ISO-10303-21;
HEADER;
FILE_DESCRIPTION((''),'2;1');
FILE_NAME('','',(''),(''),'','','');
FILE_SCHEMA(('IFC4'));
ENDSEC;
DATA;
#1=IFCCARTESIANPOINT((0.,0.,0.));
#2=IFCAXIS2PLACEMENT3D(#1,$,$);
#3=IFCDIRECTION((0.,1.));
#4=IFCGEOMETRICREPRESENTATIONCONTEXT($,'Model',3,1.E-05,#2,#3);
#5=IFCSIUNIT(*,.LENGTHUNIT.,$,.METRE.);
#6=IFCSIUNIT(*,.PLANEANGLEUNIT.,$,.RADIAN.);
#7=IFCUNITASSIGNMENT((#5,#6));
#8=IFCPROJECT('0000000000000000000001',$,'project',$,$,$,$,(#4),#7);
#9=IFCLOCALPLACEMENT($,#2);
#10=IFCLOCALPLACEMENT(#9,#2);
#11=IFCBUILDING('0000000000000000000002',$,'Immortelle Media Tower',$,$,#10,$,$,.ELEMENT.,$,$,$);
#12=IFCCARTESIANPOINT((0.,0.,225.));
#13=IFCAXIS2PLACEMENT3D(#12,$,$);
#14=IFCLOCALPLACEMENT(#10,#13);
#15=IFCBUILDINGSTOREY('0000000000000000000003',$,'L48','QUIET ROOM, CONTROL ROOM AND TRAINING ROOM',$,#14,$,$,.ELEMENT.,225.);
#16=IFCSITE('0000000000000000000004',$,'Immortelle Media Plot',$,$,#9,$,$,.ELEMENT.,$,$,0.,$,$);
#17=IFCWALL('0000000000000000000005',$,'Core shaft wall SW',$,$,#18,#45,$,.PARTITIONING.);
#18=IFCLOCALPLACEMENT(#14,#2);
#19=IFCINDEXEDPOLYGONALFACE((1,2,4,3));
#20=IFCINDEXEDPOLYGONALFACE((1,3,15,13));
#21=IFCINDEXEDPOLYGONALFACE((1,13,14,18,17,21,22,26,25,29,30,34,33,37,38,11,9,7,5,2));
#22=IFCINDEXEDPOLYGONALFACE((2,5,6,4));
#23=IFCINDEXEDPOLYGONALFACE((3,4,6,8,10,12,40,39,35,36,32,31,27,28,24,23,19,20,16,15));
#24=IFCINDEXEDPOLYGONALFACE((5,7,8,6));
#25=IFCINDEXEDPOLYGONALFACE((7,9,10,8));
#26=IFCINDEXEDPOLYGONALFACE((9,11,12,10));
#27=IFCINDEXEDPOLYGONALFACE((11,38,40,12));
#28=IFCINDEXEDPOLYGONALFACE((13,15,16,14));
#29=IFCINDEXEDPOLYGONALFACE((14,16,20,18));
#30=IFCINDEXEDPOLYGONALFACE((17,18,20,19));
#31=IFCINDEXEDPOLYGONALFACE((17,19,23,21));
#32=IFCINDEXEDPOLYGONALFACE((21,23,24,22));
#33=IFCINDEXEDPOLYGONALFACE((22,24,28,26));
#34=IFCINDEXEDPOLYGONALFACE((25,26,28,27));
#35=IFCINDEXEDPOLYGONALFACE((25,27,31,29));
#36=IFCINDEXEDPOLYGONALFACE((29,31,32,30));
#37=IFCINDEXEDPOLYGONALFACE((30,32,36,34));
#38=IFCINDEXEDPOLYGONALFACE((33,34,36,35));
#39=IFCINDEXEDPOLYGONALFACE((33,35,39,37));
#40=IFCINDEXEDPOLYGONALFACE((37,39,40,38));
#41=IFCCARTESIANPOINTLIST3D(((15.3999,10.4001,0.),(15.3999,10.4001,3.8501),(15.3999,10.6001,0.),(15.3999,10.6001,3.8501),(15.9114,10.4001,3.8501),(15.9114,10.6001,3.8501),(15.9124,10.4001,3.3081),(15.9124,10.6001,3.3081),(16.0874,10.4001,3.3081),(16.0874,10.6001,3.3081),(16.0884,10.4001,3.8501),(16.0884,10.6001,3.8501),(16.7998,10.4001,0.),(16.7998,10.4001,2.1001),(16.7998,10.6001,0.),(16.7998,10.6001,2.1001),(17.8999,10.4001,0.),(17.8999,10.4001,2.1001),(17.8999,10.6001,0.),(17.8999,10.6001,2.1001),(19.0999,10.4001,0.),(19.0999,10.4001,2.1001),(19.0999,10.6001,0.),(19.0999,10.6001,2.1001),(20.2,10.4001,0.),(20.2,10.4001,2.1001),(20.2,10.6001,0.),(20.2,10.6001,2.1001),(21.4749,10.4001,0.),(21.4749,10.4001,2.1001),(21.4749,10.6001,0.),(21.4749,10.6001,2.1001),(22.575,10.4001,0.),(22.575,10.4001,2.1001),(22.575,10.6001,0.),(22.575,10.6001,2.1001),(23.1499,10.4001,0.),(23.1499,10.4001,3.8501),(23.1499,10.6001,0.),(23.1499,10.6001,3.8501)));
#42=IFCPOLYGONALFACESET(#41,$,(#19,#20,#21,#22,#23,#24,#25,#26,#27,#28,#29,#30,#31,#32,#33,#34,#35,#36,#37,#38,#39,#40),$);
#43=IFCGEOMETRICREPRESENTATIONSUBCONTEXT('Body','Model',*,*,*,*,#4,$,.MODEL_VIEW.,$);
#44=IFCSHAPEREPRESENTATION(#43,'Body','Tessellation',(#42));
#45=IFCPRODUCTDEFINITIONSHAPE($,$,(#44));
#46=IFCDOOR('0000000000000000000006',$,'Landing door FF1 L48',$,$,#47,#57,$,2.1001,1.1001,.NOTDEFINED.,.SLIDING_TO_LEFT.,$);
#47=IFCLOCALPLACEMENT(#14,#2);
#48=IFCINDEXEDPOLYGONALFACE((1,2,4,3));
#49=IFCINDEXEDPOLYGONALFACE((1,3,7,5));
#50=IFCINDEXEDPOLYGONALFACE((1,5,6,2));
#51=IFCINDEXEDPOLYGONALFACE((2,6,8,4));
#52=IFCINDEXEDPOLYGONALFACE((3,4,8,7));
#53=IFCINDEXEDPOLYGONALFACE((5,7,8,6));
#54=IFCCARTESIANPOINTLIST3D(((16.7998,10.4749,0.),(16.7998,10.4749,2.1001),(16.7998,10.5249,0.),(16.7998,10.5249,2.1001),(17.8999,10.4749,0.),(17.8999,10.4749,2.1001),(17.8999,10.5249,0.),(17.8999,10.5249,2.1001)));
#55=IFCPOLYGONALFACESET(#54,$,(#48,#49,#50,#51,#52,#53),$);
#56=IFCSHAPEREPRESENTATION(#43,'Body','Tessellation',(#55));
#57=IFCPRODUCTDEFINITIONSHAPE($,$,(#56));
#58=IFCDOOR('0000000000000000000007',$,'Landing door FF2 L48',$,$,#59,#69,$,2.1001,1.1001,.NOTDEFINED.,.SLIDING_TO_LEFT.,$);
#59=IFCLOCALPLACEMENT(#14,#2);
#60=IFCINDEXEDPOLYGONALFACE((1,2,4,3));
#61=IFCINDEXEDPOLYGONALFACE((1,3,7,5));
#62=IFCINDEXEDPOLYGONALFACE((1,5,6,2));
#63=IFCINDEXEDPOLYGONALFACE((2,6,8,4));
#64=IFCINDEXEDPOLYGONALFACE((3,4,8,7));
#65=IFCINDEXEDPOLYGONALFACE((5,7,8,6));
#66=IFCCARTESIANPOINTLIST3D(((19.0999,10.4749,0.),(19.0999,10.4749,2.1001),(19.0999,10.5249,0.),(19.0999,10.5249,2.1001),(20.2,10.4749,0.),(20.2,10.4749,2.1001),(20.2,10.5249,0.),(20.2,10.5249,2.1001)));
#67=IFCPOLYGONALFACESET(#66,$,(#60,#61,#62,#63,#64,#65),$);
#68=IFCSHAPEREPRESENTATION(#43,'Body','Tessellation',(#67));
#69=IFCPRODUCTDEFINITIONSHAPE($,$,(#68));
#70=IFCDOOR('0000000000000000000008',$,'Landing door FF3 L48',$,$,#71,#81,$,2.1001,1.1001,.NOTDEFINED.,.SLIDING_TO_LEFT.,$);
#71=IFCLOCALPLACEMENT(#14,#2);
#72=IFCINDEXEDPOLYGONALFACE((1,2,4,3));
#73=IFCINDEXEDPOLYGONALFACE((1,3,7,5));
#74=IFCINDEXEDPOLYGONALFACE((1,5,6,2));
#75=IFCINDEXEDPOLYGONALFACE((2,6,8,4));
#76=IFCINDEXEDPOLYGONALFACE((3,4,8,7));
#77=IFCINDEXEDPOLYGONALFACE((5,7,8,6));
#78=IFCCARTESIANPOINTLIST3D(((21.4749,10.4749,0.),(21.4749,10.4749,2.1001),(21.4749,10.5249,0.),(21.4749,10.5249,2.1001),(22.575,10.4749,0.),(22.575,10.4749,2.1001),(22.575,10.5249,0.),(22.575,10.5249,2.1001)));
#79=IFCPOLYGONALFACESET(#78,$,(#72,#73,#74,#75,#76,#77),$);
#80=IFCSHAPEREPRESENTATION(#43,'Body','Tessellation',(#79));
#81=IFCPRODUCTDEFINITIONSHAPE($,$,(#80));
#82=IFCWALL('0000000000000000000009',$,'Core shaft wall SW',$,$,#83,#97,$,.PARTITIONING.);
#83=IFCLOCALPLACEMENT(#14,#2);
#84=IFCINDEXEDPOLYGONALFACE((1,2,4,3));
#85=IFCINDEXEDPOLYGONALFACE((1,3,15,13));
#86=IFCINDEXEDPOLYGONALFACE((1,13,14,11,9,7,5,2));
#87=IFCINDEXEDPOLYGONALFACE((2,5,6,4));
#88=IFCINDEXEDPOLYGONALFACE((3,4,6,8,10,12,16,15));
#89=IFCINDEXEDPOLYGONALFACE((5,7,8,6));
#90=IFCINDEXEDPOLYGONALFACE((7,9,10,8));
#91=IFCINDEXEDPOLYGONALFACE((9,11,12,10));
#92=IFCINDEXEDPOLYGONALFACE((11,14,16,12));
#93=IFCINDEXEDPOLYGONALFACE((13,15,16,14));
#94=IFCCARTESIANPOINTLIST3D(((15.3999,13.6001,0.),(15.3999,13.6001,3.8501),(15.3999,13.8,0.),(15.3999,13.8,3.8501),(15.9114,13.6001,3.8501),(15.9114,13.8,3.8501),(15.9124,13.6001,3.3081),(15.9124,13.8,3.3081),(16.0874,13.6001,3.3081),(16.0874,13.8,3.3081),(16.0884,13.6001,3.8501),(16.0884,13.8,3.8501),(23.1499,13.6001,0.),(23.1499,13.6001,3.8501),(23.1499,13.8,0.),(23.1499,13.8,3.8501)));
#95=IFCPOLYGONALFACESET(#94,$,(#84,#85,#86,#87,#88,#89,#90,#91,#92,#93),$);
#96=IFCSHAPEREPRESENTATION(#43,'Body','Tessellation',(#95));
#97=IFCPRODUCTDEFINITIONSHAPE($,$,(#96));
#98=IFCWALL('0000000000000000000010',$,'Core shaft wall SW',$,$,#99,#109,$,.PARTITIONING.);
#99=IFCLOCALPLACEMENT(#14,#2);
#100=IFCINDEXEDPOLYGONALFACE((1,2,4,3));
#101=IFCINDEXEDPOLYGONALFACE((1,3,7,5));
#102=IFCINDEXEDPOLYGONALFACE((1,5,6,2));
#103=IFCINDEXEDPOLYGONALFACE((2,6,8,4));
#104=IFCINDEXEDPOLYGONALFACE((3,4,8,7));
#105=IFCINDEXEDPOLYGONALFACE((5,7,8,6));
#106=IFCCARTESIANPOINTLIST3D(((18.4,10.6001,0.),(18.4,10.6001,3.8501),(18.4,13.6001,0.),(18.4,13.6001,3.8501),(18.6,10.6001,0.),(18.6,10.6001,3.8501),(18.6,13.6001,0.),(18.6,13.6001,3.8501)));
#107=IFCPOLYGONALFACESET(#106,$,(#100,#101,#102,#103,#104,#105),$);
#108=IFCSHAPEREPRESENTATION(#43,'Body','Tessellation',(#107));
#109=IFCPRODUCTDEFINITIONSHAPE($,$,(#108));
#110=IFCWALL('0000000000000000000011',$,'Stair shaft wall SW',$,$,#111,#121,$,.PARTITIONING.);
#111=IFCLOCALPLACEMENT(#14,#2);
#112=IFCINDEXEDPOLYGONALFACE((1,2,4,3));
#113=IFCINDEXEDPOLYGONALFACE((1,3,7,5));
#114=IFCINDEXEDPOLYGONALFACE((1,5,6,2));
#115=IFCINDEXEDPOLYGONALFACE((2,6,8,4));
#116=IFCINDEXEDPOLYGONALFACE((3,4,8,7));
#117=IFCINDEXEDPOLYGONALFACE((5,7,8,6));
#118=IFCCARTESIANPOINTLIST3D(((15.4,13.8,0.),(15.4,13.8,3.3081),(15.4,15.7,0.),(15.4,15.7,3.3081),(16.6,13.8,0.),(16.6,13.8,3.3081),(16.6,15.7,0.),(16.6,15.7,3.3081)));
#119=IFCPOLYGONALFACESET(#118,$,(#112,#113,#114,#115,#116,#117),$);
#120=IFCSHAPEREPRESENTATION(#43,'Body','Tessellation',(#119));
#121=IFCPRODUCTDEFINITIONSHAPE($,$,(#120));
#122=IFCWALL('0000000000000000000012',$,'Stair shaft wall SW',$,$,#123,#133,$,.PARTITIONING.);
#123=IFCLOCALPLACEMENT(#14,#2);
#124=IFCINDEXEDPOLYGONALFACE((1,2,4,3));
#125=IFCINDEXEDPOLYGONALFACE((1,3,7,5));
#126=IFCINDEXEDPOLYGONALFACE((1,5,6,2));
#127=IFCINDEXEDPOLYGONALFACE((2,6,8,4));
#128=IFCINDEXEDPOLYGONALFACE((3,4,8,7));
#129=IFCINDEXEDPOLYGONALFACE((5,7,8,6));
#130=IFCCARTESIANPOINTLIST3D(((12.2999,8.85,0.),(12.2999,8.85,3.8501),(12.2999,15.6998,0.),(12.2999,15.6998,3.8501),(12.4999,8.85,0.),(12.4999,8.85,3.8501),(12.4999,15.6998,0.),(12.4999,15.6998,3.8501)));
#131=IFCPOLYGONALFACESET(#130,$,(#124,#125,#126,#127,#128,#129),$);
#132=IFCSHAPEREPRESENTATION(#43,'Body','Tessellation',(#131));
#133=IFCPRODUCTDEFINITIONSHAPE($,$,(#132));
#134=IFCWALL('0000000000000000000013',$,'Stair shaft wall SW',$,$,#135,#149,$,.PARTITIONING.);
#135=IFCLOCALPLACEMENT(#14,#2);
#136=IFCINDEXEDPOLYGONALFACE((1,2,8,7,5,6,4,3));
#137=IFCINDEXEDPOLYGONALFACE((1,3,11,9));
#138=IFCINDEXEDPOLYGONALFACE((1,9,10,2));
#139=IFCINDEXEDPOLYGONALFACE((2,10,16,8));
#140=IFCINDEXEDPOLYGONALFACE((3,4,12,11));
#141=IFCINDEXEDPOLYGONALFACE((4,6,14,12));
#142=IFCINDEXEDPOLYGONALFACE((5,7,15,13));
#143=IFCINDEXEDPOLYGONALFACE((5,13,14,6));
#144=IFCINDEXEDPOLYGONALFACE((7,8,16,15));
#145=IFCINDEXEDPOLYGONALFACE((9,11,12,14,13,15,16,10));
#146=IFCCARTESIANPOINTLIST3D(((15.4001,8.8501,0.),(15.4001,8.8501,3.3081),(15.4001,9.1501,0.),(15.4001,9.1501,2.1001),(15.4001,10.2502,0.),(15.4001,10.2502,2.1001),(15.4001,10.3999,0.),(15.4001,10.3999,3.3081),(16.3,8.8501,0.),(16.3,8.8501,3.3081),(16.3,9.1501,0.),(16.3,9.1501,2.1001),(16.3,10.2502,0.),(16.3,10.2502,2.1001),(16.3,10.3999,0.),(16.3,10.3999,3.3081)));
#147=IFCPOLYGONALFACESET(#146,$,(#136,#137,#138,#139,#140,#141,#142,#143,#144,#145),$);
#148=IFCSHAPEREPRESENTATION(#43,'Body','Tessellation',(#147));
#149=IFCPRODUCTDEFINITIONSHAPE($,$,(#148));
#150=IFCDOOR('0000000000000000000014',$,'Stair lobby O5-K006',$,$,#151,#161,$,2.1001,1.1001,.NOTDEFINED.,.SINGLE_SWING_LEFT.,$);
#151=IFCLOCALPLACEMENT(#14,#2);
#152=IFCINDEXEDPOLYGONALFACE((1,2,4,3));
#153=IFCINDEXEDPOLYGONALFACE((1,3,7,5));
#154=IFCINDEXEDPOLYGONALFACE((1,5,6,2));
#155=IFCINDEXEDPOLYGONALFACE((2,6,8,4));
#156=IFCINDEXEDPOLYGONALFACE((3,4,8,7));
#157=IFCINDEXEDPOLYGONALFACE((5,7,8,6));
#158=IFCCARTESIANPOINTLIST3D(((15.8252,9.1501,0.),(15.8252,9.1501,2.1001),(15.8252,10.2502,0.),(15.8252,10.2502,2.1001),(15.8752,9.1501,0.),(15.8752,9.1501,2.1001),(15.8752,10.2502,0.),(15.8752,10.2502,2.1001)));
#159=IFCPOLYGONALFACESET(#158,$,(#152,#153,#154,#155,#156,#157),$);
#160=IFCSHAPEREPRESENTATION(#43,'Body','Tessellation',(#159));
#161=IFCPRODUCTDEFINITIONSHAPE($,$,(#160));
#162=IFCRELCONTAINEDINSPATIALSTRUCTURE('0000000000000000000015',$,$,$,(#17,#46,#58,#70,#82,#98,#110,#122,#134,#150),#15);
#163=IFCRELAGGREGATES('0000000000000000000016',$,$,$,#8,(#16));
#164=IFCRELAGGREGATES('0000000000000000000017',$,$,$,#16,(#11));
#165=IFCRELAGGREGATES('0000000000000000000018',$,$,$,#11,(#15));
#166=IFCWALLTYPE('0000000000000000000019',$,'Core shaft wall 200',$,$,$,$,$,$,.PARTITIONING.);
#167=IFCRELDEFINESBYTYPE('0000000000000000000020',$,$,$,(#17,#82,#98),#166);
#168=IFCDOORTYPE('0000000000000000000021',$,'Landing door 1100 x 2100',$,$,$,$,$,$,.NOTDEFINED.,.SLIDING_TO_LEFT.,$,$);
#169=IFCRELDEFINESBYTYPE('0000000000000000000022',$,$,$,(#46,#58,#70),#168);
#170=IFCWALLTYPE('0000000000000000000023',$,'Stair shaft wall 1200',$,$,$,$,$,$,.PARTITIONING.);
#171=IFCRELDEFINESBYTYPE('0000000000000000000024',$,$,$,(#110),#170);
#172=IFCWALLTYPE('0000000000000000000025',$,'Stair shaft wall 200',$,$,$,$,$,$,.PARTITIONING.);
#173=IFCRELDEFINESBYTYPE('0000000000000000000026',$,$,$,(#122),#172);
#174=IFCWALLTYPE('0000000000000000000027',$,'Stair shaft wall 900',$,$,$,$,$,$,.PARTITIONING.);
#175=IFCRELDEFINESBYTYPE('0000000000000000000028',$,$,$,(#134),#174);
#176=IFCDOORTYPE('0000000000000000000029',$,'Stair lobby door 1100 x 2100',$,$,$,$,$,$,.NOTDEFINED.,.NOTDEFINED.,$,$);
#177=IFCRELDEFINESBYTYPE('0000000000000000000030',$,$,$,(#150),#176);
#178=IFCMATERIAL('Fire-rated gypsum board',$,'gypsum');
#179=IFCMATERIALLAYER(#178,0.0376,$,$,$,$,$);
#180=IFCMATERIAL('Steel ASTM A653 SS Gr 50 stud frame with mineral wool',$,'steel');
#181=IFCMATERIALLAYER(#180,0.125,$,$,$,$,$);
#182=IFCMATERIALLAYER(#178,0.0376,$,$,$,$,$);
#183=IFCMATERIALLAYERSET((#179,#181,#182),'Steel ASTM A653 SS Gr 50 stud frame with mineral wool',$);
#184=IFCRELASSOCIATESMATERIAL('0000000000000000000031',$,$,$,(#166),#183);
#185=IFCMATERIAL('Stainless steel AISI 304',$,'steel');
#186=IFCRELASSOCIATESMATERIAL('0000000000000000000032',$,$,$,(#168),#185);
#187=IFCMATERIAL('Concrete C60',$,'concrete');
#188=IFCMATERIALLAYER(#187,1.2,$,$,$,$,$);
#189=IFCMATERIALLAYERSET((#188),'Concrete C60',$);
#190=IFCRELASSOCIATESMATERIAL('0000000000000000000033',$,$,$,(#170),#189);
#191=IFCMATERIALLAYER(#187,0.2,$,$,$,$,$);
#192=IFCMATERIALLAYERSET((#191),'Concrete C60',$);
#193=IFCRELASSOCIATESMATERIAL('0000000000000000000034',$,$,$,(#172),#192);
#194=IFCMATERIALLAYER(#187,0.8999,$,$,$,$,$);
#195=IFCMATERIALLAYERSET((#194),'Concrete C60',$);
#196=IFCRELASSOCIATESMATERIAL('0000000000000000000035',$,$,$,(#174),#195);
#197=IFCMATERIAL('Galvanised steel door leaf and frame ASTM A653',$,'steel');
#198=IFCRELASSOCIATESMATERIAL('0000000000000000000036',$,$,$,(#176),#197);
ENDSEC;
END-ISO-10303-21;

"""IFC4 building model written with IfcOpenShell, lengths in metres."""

from ifc_helpers import new_model, si_unit, direction, frame, frame_2d, origin, place, context, subcontext, project, spatial, polyline, rectangle, outline, extrude, material, layer, layer_set, type_object, element, fill, save


model = new_model("IFC4")

# Units and contexts
model_context = context("Model", 3, precision=1e-05, world=origin(), true_north=direction((0.0, 1.0)))
body_context = subcontext(model_context, "Body", "Model", "MODEL_VIEW")
ifc_project = project(units=[si_unit("LENGTHUNIT", "METRE"), si_unit("PLANEANGLEUNIT", "RADIAN")], contexts=[model_context])

# Site, building, storey
site_placement = place(None, origin())
site = spatial("IfcSite", under=ifc_project, at=site_placement, Name="Immortelle Media Plot", CompositionType="ELEMENT", RefElevation=0.0)
building_placement = place(site_placement, origin())
building = spatial("IfcBuilding", under=site, at=building_placement, Name="Immortelle Media Tower", CompositionType="ELEMENT")
storey_placement = place(building_placement, frame((0.0, 0.0, 225.0)))
storey = spatial("IfcBuildingStorey", under=building, at=storey_placement, Name="L48", Description="QUIET ROOM, CONTROL ROOM AND TRAINING ROOM", CompositionType="ELEMENT", Elevation=225.0)

# Shared definitions
ifc_material_1 = material(Name="Fire-rated gypsum board", Category="gypsum")
ifc_material_2 = material(Name="Steel ASTM A653 SS Gr 50 stud frame with mineral wool", Category="steel")

# Wall, openings, doors
ifc_layer_1 = layer(ifc_material_1, 0.0376)
ifc_layer_2 = layer(ifc_material_2, 0.125)
ifc_layer_3 = layer(ifc_material_1, 0.0376)
ifc_layer_set_1 = layer_set([ifc_layer_1, ifc_layer_2, ifc_layer_3], Name="Steel ASTM A653 SS Gr 50 stud frame with mineral wool")
wall_type_1 = type_object("IfcWallType", Name="Core shaft wall 200", PredefinedType="PARTITIONING", material=ifc_layer_set_1)
wall_1_placement = place(storey_placement, frame((15.3999, 10.5, 0.0), z_axis=(0.0, 0.0, 1.0), x_axis=(1.0, 0.0, 0.0)))
wall_1 = element("IfcWall", 1, at=wall_1_placement, inside=storey, type_object=wall_type_1, Name="Core shaft wall SW", PredefinedType="PARTITIONING", context=body_context, shape_type="SweptSolid", body=[
    extrude(outline(polyline([(0.0, 0.0), (7.75, 0.0), (7.75, 3.8501), (0.6885, 3.8501), (0.6875, 3.3081), (0.5125, 3.3081), (0.5115, 3.8501), (0.0, 3.8501), (0.0, 0.0)])), frame((0.0, 0.1001, 0.0), z_axis=(0.0, -1.0, 0.0), x_axis=(1.0, 0.0, 0.0)), (0.0, 0.0, 1.0), 0.2),
])
opening_1_placement = place(wall_1_placement, frame((1.3999, 0.0, 0.0)))
opening_1 = element("IfcOpeningElement", 2, at=opening_1_placement, cuts=wall_1, PredefinedType="OPENING", context=body_context, shape_type="SweptSolid", body=[
    extrude(rectangle(XDim=1.1001, YDim=2.1001, at=frame_2d((0.55, 1.05))), frame((0.0, 0.1099, 0.0), z_axis=(0.0, -1.0, 0.0), x_axis=(1.0, 0.0, 0.0)), (0.0, 0.0, 1.0), 0.22),
])
opening_2_placement = place(wall_1_placement, frame((3.7, 0.0, 0.0)))
opening_2 = element("IfcOpeningElement", 3, at=opening_2_placement, cuts=wall_1, PredefinedType="OPENING", context=body_context, shape_type="SweptSolid", body=[
    extrude(rectangle(XDim=1.1001, YDim=2.1001, at=frame_2d((0.55, 1.05))), frame((0.0, 0.1099, 0.0), z_axis=(0.0, -1.0, 0.0), x_axis=(1.0, 0.0, 0.0)), (0.0, 0.0, 1.0), 0.22),
])
opening_3_placement = place(wall_1_placement, frame((6.075, 0.0, 0.0)))
opening_3 = element("IfcOpeningElement", 4, at=opening_3_placement, cuts=wall_1, PredefinedType="OPENING", context=body_context, shape_type="SweptSolid", body=[
    extrude(rectangle(XDim=1.1001, YDim=2.1001, at=frame_2d((0.55, 1.05))), frame((0.0, 0.1099, 0.0), z_axis=(0.0, -1.0, 0.0), x_axis=(1.0, 0.0, 0.0)), (0.0, 0.0, 1.0), 0.22),
])
ifc_material_3 = material(Name="Stainless steel AISI 304", Category="steel")
door_type_1 = type_object("IfcDoorType", Name="Landing door 1100 x 2100", OperationType="SLIDING_TO_LEFT", PredefinedType="NOTDEFINED", material=ifc_material_3)
door_1_placement = place(opening_1_placement, origin())
door_1 = element("IfcDoor", 5, at=door_1_placement, inside=storey, type_object=door_type_1, Name="Landing door FF1 L48", OperationType="SLIDING_TO_LEFT", OverallHeight=2.1001, OverallWidth=1.1001, PredefinedType="NOTDEFINED", context=body_context, shape_type="SweptSolid", body=[
    extrude(rectangle(XDim=1.1001, YDim=2.1001, at=frame_2d((0.55, 1.05))), frame((0.0, 0.0249, 0.0), z_axis=(0.0, -1.0, 0.0), x_axis=(1.0, 0.0, 0.0)), (0.0, 0.0, 1.0), 0.05),
])
fill(opening_1, door_1)
door_2_placement = place(opening_2_placement, origin())
door_2 = element("IfcDoor", 6, at=door_2_placement, inside=storey, type_object=door_type_1, Name="Landing door FF2 L48", OperationType="SLIDING_TO_LEFT", OverallHeight=2.1001, OverallWidth=1.1001, PredefinedType="NOTDEFINED", context=body_context, shape_type="SweptSolid", body=[
    extrude(rectangle(XDim=1.1001, YDim=2.1001, at=frame_2d((0.55, 1.05))), frame((0.0, 0.0249, 0.0), z_axis=(0.0, -1.0, 0.0), x_axis=(1.0, 0.0, 0.0)), (0.0, 0.0, 1.0), 0.05),
])
fill(opening_2, door_2)
door_3_placement = place(opening_3_placement, origin())
door_3 = element("IfcDoor", 7, at=door_3_placement, inside=storey, type_object=door_type_1, Name="Landing door FF3 L48", OperationType="SLIDING_TO_LEFT", OverallHeight=2.1001, OverallWidth=1.1001, PredefinedType="NOTDEFINED", context=body_context, shape_type="SweptSolid", body=[
    extrude(rectangle(XDim=1.1001, YDim=2.1001, at=frame_2d((0.55, 1.05))), frame((0.0, 0.0249, 0.0), z_axis=(0.0, -1.0, 0.0), x_axis=(1.0, 0.0, 0.0)), (0.0, 0.0, 1.0), 0.05),
])
fill(opening_3, door_3)

# Walls
wall_2_placement = place(storey_placement, frame((15.3999, 13.7, 0.0), z_axis=(0.0, 0.0, 1.0), x_axis=(1.0, 0.0, 0.0)))
element("IfcWall", 8, at=wall_2_placement, inside=storey, type_object=wall_type_1, Name="Core shaft wall SW", PredefinedType="PARTITIONING", context=body_context, shape_type="SweptSolid", body=[
    extrude(outline(polyline([(0.0, 0.0), (7.75, 0.0), (7.75, 3.8501), (0.6885, 3.8501), (0.6875, 3.3081), (0.5125, 3.3081), (0.5115, 3.8501), (0.0, 3.8501), (0.0, 0.0)])), frame((0.0, 0.1001, 0.0), z_axis=(0.0, -1.0, 0.0), x_axis=(1.0, 0.0, 0.0)), (0.0, 0.0, 1.0), 0.2),
])
wall_3_placement = place(storey_placement, frame((18.5, 10.6001, 0.0), z_axis=(0.0, 0.0, 1.0), x_axis=(0.0, 1.0, 0.0)))
element("IfcWall", 9, at=wall_3_placement, inside=storey, type_object=wall_type_1, Name="Core shaft wall SW", PredefinedType="PARTITIONING", context=body_context, shape_type="SweptSolid", body=[
    extrude(rectangle(XDim=3.0, YDim=0.2, at=frame_2d((1.5, 0.0))), origin(), (0.0, 0.0, 1.0), 3.8501),
])
ifc_material_4 = material(Name="Concrete C60", Category="concrete")
ifc_layer_4 = layer(ifc_material_4, 1.2)
ifc_layer_set_2 = layer_set([ifc_layer_4], Name="Concrete C60")
wall_type_2 = type_object("IfcWallType", Name="Stair shaft wall 1200", PredefinedType="PARTITIONING", material=ifc_layer_set_2)
wall_4_placement = place(storey_placement, frame((16.0, 13.8, 0.0), z_axis=(0.0, 0.0, 1.0), x_axis=(0.0, 1.0, 0.0)))
element("IfcWall", 10, at=wall_4_placement, inside=storey, type_object=wall_type_2, Name="Stair shaft wall SW", PredefinedType="PARTITIONING", context=body_context, shape_type="SweptSolid", body=[
    extrude(rectangle(XDim=1.8999, YDim=1.2, at=frame_2d((0.95, 0.0))), origin(), (0.0, 0.0, 1.0), 3.3081),
])
ifc_layer_5 = layer(ifc_material_4, 0.2)
ifc_layer_set_3 = layer_set([ifc_layer_5], Name="Concrete C60")
wall_type_3 = type_object("IfcWallType", Name="Stair shaft wall 200", PredefinedType="PARTITIONING", material=ifc_layer_set_3)
wall_5_placement = place(storey_placement, frame((12.3999, 8.8501, 0.0), z_axis=(0.0, 0.0, 1.0), x_axis=(0.0, 1.0, 0.0)))
element("IfcWall", 11, at=wall_5_placement, inside=storey, type_object=wall_type_3, Name="Stair shaft wall SW", PredefinedType="PARTITIONING", context=body_context, shape_type="SweptSolid", body=[
    extrude(rectangle(XDim=6.8499, YDim=0.2, at=frame_2d((3.4248, 0.0))), origin(), (0.0, 0.0, 1.0), 3.8501),
])

# Wall, opening, door
ifc_layer_6 = layer(ifc_material_4, 0.8999)
ifc_layer_set_4 = layer_set([ifc_layer_6], Name="Concrete C60")
wall_type_4 = type_object("IfcWallType", Name="Stair shaft wall 900", PredefinedType="PARTITIONING", material=ifc_layer_set_4)
wall_6_placement = place(storey_placement, frame((15.8501, 8.8501, 0.0), z_axis=(0.0, 0.0, 1.0), x_axis=(0.0, 1.0, 0.0)))
wall_6 = element("IfcWall", 12, at=wall_6_placement, inside=storey, type_object=wall_type_4, Name="Stair shaft wall SW", PredefinedType="PARTITIONING", context=body_context, shape_type="SweptSolid", body=[
    extrude(rectangle(XDim=1.5498, YDim=0.8999, at=frame_2d((0.7749, 0.0))), origin(), (0.0, 0.0, 1.0), 3.3081),
])
opening_4_placement = place(wall_6_placement, frame((0.3, 0.0, 0.0)))
opening_4 = element("IfcOpeningElement", 13, at=opening_4_placement, cuts=wall_6, PredefinedType="OPENING", context=body_context, shape_type="SweptSolid", body=[
    extrude(rectangle(XDim=1.1001, YDim=2.1001, at=frame_2d((0.55, 1.05))), frame((0.0, 0.46, 0.0), z_axis=(0.0, -1.0, 0.0), x_axis=(1.0, 0.0, 0.0)), (0.0, 0.0, 1.0), 0.9199),
])
ifc_material_5 = material(Name="Galvanised steel door leaf and frame ASTM A653", Category="steel")
door_type_2 = type_object("IfcDoorType", Name="Stair lobby door 1100 x 2100", OperationType="NOTDEFINED", PredefinedType="NOTDEFINED", material=ifc_material_5)
door_4_placement = place(opening_4_placement, origin())
door_4 = element("IfcDoor", 14, at=door_4_placement, inside=storey, type_object=door_type_2, Name="Stair lobby O5-K006", OperationType="SINGLE_SWING_LEFT", OverallHeight=2.1001, OverallWidth=1.1001, PredefinedType="NOTDEFINED", context=body_context, shape_type="SweptSolid", body=[
    extrude(rectangle(XDim=1.1001, YDim=2.1001, at=frame_2d((0.55, 1.05))), frame((0.0, 0.0249, 0.0), z_axis=(0.0, -1.0, 0.0), x_axis=(1.0, 0.0, 0.0)), (0.0, 0.0, 1.0), 0.05),
])
fill(opening_4, door_4)

save(model, "model.ifc")
